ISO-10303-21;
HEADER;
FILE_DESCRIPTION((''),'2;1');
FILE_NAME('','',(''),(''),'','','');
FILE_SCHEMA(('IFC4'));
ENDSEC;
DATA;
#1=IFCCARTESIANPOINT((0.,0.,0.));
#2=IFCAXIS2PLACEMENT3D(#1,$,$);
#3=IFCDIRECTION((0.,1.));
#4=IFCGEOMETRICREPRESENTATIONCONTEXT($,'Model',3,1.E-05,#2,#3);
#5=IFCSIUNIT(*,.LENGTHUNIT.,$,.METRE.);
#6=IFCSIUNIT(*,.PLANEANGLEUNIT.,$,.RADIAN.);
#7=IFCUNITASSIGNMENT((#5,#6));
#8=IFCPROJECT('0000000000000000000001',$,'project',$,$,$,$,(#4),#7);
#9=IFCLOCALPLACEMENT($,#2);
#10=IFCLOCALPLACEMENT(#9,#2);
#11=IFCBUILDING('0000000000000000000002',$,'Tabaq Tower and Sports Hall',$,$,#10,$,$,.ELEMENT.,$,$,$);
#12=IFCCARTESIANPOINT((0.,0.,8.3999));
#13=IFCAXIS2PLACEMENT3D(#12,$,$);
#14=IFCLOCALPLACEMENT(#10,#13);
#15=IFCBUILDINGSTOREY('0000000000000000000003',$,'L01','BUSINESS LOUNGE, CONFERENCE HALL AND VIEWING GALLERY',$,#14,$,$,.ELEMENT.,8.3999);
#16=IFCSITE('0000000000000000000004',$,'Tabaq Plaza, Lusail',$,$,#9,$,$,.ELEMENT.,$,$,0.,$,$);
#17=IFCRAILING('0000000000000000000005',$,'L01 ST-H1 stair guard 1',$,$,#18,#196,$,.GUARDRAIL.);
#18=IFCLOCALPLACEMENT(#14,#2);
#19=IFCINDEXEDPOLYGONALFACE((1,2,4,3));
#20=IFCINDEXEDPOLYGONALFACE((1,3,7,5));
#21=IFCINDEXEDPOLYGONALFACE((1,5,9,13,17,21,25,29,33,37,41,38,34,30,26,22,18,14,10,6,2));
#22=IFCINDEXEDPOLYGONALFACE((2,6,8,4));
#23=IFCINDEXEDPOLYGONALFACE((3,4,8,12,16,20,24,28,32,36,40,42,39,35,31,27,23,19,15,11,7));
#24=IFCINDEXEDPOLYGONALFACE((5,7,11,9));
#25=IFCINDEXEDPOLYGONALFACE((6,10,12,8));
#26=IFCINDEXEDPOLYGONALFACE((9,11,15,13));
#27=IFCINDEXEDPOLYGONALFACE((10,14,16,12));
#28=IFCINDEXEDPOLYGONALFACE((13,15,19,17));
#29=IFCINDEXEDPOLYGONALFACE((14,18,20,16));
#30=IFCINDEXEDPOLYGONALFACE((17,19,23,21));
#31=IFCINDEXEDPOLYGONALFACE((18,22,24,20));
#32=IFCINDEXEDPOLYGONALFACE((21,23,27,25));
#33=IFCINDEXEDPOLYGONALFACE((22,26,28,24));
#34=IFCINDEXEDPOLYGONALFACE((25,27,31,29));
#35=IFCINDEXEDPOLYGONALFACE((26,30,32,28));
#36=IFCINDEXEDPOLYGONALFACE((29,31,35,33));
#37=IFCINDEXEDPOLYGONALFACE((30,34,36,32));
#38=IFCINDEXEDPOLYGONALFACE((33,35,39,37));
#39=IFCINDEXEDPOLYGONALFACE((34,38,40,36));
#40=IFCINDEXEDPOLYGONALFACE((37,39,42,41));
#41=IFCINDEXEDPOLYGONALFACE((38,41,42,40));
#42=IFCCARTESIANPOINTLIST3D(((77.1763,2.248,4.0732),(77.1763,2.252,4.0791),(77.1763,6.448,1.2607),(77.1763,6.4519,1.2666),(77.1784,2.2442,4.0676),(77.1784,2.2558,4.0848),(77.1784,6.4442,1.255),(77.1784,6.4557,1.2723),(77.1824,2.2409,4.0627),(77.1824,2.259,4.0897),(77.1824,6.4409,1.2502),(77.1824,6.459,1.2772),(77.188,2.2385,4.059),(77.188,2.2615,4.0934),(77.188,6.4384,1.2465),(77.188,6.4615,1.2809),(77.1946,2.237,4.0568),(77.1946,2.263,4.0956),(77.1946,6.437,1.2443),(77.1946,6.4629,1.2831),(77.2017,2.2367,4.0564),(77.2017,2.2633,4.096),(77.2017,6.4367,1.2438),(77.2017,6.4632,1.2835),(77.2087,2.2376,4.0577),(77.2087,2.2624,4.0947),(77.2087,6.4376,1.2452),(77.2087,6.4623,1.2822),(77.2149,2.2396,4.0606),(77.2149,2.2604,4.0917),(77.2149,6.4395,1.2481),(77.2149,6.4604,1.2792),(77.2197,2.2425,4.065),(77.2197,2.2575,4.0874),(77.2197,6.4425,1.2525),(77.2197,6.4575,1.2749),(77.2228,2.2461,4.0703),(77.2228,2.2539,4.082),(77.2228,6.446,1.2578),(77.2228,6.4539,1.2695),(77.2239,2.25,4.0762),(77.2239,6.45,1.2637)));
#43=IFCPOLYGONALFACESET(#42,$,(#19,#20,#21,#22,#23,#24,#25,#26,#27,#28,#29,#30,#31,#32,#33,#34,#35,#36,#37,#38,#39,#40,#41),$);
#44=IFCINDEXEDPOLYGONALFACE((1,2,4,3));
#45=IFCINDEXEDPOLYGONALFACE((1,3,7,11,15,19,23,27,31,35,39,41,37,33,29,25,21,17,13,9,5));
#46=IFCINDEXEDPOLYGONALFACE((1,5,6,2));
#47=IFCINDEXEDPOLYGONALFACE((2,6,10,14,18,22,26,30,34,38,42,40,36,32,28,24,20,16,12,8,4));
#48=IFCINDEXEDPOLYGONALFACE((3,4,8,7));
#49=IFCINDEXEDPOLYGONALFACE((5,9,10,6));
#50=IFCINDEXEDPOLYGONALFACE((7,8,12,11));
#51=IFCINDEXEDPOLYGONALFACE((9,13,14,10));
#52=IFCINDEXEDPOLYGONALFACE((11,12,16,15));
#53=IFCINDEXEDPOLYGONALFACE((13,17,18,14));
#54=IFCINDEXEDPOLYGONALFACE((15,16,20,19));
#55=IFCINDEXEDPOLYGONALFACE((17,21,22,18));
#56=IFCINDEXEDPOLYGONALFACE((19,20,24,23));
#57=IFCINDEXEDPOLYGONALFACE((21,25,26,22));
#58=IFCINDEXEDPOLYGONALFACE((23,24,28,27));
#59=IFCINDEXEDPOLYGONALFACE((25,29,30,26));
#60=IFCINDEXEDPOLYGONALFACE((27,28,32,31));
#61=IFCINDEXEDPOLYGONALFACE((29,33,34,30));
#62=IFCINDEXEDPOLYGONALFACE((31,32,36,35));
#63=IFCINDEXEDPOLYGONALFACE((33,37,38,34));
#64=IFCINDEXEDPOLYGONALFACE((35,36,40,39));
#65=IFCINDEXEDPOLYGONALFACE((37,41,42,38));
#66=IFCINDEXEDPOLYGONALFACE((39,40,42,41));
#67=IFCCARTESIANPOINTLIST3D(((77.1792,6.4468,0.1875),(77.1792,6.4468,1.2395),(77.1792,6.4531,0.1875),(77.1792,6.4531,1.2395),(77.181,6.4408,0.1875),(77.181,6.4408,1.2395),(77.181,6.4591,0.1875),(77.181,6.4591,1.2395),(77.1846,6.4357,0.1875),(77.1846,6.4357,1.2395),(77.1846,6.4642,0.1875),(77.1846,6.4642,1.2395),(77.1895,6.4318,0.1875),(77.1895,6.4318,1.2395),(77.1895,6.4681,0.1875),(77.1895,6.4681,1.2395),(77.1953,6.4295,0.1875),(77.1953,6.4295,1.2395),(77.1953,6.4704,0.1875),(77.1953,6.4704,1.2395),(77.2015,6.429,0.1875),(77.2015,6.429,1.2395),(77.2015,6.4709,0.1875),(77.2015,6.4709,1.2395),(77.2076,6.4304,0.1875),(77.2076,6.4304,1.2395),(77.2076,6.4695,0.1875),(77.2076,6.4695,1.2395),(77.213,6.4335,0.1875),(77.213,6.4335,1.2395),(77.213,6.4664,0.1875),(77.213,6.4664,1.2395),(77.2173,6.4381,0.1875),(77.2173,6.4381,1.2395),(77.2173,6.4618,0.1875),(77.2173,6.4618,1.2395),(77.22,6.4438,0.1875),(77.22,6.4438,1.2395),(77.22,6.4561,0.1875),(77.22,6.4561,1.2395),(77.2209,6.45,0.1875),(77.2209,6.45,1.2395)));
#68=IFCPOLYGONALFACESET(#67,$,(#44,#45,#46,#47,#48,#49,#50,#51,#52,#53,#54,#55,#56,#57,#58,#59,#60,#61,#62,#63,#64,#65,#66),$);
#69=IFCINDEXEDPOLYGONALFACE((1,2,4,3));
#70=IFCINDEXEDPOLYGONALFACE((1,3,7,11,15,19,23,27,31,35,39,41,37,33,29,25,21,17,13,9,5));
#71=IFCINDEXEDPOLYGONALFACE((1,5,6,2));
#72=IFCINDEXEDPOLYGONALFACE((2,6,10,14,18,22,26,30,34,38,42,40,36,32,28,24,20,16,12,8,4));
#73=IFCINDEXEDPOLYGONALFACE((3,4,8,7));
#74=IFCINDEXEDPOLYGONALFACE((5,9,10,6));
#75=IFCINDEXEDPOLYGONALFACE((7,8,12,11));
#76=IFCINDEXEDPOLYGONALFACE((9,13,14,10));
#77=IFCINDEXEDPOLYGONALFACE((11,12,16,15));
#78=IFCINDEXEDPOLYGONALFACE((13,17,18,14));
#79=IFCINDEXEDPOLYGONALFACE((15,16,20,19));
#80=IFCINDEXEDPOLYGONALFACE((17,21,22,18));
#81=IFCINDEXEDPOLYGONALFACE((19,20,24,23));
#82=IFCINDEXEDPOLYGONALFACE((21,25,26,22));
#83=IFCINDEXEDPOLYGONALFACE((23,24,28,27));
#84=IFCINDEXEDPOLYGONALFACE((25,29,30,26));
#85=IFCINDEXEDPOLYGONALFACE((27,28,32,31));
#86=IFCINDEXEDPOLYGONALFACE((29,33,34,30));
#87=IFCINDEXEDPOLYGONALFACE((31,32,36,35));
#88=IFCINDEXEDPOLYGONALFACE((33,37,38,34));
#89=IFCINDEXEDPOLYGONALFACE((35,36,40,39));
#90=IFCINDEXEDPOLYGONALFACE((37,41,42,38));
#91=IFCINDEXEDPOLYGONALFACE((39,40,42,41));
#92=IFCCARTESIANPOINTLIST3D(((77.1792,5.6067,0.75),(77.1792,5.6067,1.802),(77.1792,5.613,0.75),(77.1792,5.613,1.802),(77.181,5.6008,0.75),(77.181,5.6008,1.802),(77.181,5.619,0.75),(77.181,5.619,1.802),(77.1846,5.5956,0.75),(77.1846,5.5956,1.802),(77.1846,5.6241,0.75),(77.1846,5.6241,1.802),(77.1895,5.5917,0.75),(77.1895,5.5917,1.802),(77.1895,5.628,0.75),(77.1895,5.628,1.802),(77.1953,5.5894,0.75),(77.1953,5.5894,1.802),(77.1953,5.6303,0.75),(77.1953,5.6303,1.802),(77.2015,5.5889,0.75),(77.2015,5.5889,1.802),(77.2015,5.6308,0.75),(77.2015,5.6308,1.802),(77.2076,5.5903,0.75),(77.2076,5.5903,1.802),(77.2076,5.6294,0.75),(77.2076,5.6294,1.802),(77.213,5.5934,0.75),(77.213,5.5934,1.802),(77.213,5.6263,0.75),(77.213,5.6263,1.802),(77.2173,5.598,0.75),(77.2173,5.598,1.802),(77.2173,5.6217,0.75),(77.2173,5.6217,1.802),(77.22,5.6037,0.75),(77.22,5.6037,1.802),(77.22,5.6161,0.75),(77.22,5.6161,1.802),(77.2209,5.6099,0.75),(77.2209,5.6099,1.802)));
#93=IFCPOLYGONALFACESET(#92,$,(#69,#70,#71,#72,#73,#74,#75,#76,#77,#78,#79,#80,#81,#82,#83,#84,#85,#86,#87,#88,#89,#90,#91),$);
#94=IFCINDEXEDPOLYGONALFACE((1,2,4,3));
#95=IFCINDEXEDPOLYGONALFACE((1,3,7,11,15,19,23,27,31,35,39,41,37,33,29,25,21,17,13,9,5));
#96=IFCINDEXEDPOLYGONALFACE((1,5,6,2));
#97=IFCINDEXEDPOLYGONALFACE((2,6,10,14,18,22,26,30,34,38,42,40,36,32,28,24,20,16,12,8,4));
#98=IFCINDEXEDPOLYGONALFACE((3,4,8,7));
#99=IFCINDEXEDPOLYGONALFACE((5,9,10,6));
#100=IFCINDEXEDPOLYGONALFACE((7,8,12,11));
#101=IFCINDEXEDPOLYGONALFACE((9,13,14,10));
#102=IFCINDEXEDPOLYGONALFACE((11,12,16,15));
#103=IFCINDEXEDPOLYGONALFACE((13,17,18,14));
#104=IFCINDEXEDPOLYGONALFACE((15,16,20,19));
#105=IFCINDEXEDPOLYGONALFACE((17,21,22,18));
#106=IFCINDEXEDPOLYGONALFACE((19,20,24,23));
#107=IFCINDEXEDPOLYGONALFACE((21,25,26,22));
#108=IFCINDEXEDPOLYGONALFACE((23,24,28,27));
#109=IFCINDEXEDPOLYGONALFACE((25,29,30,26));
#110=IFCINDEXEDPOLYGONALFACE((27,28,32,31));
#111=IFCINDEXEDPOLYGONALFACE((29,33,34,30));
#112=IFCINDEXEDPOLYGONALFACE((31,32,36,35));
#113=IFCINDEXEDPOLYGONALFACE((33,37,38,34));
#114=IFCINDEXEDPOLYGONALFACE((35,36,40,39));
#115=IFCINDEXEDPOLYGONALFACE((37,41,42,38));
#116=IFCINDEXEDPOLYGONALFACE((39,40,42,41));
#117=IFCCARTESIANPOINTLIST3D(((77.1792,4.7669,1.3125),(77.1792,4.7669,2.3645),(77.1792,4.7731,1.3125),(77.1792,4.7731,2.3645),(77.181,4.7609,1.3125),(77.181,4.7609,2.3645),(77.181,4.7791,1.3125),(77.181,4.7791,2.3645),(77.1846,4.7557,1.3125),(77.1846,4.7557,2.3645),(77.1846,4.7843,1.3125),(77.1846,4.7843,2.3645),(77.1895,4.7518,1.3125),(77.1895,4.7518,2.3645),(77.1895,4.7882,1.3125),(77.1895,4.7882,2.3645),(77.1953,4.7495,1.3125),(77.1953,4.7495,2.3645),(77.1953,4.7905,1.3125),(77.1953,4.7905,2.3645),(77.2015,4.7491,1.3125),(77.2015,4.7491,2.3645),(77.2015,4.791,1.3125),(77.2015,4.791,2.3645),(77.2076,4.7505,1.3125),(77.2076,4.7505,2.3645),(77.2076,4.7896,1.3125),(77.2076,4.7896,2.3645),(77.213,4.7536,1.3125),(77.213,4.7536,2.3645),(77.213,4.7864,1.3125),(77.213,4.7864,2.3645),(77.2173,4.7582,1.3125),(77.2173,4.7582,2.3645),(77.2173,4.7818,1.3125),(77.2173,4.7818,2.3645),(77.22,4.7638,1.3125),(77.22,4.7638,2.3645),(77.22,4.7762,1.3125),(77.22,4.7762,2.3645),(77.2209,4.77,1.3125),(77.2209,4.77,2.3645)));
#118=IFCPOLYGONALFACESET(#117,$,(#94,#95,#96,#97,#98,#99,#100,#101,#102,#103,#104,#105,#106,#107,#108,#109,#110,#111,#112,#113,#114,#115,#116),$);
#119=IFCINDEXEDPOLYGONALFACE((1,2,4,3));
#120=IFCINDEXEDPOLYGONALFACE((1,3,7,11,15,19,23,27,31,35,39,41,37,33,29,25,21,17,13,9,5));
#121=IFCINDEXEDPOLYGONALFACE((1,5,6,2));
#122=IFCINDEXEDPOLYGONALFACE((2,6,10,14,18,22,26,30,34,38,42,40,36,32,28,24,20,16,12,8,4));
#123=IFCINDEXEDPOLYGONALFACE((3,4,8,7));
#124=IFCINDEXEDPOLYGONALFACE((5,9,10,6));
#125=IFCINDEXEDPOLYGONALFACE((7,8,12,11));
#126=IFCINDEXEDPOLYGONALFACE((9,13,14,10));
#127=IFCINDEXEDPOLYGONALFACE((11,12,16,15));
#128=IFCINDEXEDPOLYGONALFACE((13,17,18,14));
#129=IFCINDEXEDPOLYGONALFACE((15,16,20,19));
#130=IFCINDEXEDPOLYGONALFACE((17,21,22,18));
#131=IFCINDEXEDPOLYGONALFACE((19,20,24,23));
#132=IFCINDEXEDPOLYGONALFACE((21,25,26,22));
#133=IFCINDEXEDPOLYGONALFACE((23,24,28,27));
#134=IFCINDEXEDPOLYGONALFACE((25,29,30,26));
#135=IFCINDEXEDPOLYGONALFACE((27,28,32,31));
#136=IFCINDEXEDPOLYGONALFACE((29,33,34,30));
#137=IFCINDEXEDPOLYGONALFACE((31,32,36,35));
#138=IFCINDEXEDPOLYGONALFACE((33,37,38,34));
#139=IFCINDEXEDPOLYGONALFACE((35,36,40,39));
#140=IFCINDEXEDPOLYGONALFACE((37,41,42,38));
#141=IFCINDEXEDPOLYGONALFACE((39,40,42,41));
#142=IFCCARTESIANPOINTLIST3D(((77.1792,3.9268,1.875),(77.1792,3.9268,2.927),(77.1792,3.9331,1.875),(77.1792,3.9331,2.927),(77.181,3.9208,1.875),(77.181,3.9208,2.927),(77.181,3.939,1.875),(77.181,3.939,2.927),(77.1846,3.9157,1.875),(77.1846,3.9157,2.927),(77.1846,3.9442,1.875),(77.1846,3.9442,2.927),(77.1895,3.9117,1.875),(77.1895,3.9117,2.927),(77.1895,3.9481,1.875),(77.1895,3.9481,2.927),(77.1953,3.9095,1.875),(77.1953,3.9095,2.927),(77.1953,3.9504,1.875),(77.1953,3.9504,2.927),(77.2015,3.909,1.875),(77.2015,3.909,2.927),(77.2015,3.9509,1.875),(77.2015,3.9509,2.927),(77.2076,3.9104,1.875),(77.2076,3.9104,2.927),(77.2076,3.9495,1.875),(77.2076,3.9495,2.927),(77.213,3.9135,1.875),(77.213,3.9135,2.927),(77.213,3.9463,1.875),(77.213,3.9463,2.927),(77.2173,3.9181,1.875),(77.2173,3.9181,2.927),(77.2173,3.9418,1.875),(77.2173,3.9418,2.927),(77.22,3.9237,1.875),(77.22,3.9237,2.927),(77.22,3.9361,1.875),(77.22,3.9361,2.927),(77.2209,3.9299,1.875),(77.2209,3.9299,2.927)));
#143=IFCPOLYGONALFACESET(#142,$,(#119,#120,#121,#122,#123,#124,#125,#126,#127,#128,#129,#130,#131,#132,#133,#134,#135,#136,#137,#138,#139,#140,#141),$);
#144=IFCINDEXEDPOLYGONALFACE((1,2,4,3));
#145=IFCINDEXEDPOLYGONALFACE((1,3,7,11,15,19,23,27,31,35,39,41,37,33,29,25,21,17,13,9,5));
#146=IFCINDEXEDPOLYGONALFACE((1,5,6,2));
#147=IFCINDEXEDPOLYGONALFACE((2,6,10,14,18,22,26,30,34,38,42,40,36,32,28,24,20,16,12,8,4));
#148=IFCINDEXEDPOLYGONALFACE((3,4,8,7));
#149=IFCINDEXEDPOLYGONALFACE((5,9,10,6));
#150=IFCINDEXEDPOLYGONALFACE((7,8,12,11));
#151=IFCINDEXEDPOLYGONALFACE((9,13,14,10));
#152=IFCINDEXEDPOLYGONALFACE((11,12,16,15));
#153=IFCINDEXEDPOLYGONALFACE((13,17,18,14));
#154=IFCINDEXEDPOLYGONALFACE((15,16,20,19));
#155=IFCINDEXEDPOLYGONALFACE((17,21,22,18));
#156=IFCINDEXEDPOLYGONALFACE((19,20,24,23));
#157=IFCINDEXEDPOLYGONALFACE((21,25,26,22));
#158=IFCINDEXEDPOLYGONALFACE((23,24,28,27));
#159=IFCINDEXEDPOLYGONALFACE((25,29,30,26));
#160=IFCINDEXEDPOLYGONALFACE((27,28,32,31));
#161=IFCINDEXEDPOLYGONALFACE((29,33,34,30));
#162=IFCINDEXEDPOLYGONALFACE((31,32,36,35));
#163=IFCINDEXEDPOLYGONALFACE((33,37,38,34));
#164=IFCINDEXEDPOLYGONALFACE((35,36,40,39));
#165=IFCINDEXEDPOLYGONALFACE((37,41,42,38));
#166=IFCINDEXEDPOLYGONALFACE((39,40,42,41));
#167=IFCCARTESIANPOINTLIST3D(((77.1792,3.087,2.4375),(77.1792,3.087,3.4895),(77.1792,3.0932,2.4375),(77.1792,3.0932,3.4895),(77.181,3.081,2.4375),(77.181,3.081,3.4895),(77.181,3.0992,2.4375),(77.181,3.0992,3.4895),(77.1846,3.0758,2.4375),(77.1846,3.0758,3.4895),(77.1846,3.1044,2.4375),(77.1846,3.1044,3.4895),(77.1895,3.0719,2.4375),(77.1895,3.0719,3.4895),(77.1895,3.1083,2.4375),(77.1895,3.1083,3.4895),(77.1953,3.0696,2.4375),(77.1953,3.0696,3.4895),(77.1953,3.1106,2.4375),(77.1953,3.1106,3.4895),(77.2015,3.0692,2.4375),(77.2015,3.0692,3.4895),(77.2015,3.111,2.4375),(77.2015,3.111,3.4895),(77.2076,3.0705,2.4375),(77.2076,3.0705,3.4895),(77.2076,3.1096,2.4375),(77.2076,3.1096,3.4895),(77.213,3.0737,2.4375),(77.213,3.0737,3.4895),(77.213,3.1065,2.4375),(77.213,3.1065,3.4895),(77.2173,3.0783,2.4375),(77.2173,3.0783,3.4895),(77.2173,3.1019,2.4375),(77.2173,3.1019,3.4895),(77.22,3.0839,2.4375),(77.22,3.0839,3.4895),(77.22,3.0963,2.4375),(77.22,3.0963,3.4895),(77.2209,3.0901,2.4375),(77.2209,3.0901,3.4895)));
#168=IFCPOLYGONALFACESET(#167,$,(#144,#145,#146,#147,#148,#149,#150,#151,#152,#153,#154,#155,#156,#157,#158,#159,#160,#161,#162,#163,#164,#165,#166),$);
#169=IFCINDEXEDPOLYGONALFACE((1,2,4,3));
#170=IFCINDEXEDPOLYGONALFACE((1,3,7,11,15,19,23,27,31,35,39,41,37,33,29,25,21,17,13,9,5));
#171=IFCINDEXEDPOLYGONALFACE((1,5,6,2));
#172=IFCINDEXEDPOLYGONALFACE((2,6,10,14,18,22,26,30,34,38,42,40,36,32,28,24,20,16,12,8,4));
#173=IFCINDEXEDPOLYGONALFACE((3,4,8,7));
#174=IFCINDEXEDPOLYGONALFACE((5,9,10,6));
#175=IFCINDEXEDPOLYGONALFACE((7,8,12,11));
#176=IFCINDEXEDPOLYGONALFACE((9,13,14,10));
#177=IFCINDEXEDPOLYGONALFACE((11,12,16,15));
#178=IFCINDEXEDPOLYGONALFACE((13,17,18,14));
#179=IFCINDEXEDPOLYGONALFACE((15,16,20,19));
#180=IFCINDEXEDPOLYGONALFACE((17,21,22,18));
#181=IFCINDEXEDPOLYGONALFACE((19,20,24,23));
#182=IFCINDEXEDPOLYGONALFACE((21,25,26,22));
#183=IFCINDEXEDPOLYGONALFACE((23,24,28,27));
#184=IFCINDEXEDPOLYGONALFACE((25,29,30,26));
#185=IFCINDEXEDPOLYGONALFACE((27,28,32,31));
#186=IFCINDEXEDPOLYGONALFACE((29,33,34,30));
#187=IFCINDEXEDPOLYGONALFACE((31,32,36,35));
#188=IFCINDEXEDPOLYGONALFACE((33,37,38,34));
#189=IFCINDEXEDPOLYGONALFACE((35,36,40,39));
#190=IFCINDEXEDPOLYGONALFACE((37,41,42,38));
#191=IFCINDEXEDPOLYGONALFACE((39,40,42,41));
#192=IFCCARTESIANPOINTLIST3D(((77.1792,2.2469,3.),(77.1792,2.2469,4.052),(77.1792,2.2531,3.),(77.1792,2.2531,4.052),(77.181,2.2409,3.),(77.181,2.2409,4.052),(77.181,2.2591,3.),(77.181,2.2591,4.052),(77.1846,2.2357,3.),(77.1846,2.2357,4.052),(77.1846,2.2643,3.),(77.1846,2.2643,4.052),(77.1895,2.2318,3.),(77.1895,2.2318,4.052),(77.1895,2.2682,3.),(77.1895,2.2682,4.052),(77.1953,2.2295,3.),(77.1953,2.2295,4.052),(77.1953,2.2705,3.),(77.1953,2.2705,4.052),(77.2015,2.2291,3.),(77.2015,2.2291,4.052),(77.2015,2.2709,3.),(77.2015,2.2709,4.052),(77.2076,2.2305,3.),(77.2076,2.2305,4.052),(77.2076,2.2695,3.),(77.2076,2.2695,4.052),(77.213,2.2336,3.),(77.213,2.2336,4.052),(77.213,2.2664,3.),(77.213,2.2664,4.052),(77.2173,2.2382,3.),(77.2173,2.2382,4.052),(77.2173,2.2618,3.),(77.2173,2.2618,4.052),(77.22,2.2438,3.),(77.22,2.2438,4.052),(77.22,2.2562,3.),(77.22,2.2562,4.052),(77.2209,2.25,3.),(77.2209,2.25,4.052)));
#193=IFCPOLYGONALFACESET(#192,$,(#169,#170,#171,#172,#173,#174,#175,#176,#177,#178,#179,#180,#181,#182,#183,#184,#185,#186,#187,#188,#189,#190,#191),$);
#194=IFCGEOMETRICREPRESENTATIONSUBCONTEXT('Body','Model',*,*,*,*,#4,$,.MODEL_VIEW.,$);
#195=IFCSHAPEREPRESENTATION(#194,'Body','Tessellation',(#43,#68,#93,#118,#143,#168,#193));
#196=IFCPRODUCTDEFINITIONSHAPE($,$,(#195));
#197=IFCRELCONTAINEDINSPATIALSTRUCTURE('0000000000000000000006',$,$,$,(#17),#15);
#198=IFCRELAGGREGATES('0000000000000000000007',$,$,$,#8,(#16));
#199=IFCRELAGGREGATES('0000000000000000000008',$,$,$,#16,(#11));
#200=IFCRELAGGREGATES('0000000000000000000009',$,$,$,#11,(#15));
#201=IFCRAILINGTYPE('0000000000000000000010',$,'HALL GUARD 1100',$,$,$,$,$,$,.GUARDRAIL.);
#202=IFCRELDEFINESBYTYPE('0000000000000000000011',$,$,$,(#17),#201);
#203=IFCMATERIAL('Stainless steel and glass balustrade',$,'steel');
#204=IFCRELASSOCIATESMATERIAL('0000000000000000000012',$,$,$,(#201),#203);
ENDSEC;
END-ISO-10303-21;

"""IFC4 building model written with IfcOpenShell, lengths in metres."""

from ifc_helpers import new_model, si_unit, direction, frame, origin, origin_2d, place, context, subcontext, project, spatial, circle, extrude, material, type_object, element, save


model = new_model("IFC4")

# Units and contexts
model_context = context("Model", 3, precision=1e-05, world=origin(), true_north=direction((0.0, 1.0)))
body_context = subcontext(model_context, "Body", "Model", "MODEL_VIEW")
ifc_project = project(units=[si_unit("LENGTHUNIT", "METRE"), si_unit("PLANEANGLEUNIT", "RADIAN")], contexts=[model_context])

# Site, building, storey
site_placement = place(None, origin())
site = spatial("IfcSite", under=ifc_project, at=site_placement, Name="Tabaq Plaza, Lusail", CompositionType="ELEMENT", RefElevation=0.0)
building_placement = place(site_placement, origin())
building = spatial("IfcBuilding", under=site, at=building_placement, Name="Tabaq Tower and Sports Hall", CompositionType="ELEMENT")
storey_placement = place(building_placement, frame((0.0, 0.0, 8.3999)))
storey = spatial("IfcBuildingStorey", under=building, at=storey_placement, Name="L01", Description="BUSINESS LOUNGE, CONFERENCE HALL AND VIEWING GALLERY", CompositionType="ELEMENT", Elevation=8.3999)

# Railing
ifc_material_1 = material(Name="Stainless steel and glass balustrade", Category="steel")
railing_type_1 = type_object("IfcRailingType", Name="HALL GUARD 1100", PredefinedType="GUARDRAIL", material=ifc_material_1)
railing_1_placement = place(storey_placement, frame((77.2, 6.45, 0.1875)))
element("IfcRailing", 1, at=railing_1_placement, inside=storey, type_object=railing_type_1, Name="L01 ST-H1 stair guard 1", PredefinedType="GUARDRAIL", context=body_context, shape_type="SweptSolid", body=[
    extrude(circle(Radius=0.0239, at=origin_2d()), frame((0.0, 0.0, 1.0762), z_axis=(0.0, -0.830904, 0.556416), x_axis=(1.0, 0.0, 0.0)), (0.0, 0.0, 1.0), 5.0547),
    extrude(circle(Radius=0.021, at=origin_2d()), origin(), (0.0, 0.0, 1.0), 1.052),
    extrude(circle(Radius=0.021, at=origin_2d()), frame((0.0, -0.8401, 0.5625)), (0.0, 0.0, 1.0), 1.052),
    extrude(circle(Radius=0.021, at=origin_2d()), frame((0.0, -1.6799, 1.125)), (0.0, 0.0, 1.0), 1.052),
    extrude(circle(Radius=0.021, at=origin_2d()), frame((0.0, -2.52, 1.6875)), (0.0, 0.0, 1.0), 1.052),
    extrude(circle(Radius=0.021, at=origin_2d()), frame((0.0, -3.3599, 2.25)), (0.0, 0.0, 1.0), 1.052),
    extrude(circle(Radius=0.021, at=origin_2d()), frame((0.0, -4.2, 2.8125)), (0.0, 0.0, 1.0), 1.052),
])

save(model, "model.ifc")
